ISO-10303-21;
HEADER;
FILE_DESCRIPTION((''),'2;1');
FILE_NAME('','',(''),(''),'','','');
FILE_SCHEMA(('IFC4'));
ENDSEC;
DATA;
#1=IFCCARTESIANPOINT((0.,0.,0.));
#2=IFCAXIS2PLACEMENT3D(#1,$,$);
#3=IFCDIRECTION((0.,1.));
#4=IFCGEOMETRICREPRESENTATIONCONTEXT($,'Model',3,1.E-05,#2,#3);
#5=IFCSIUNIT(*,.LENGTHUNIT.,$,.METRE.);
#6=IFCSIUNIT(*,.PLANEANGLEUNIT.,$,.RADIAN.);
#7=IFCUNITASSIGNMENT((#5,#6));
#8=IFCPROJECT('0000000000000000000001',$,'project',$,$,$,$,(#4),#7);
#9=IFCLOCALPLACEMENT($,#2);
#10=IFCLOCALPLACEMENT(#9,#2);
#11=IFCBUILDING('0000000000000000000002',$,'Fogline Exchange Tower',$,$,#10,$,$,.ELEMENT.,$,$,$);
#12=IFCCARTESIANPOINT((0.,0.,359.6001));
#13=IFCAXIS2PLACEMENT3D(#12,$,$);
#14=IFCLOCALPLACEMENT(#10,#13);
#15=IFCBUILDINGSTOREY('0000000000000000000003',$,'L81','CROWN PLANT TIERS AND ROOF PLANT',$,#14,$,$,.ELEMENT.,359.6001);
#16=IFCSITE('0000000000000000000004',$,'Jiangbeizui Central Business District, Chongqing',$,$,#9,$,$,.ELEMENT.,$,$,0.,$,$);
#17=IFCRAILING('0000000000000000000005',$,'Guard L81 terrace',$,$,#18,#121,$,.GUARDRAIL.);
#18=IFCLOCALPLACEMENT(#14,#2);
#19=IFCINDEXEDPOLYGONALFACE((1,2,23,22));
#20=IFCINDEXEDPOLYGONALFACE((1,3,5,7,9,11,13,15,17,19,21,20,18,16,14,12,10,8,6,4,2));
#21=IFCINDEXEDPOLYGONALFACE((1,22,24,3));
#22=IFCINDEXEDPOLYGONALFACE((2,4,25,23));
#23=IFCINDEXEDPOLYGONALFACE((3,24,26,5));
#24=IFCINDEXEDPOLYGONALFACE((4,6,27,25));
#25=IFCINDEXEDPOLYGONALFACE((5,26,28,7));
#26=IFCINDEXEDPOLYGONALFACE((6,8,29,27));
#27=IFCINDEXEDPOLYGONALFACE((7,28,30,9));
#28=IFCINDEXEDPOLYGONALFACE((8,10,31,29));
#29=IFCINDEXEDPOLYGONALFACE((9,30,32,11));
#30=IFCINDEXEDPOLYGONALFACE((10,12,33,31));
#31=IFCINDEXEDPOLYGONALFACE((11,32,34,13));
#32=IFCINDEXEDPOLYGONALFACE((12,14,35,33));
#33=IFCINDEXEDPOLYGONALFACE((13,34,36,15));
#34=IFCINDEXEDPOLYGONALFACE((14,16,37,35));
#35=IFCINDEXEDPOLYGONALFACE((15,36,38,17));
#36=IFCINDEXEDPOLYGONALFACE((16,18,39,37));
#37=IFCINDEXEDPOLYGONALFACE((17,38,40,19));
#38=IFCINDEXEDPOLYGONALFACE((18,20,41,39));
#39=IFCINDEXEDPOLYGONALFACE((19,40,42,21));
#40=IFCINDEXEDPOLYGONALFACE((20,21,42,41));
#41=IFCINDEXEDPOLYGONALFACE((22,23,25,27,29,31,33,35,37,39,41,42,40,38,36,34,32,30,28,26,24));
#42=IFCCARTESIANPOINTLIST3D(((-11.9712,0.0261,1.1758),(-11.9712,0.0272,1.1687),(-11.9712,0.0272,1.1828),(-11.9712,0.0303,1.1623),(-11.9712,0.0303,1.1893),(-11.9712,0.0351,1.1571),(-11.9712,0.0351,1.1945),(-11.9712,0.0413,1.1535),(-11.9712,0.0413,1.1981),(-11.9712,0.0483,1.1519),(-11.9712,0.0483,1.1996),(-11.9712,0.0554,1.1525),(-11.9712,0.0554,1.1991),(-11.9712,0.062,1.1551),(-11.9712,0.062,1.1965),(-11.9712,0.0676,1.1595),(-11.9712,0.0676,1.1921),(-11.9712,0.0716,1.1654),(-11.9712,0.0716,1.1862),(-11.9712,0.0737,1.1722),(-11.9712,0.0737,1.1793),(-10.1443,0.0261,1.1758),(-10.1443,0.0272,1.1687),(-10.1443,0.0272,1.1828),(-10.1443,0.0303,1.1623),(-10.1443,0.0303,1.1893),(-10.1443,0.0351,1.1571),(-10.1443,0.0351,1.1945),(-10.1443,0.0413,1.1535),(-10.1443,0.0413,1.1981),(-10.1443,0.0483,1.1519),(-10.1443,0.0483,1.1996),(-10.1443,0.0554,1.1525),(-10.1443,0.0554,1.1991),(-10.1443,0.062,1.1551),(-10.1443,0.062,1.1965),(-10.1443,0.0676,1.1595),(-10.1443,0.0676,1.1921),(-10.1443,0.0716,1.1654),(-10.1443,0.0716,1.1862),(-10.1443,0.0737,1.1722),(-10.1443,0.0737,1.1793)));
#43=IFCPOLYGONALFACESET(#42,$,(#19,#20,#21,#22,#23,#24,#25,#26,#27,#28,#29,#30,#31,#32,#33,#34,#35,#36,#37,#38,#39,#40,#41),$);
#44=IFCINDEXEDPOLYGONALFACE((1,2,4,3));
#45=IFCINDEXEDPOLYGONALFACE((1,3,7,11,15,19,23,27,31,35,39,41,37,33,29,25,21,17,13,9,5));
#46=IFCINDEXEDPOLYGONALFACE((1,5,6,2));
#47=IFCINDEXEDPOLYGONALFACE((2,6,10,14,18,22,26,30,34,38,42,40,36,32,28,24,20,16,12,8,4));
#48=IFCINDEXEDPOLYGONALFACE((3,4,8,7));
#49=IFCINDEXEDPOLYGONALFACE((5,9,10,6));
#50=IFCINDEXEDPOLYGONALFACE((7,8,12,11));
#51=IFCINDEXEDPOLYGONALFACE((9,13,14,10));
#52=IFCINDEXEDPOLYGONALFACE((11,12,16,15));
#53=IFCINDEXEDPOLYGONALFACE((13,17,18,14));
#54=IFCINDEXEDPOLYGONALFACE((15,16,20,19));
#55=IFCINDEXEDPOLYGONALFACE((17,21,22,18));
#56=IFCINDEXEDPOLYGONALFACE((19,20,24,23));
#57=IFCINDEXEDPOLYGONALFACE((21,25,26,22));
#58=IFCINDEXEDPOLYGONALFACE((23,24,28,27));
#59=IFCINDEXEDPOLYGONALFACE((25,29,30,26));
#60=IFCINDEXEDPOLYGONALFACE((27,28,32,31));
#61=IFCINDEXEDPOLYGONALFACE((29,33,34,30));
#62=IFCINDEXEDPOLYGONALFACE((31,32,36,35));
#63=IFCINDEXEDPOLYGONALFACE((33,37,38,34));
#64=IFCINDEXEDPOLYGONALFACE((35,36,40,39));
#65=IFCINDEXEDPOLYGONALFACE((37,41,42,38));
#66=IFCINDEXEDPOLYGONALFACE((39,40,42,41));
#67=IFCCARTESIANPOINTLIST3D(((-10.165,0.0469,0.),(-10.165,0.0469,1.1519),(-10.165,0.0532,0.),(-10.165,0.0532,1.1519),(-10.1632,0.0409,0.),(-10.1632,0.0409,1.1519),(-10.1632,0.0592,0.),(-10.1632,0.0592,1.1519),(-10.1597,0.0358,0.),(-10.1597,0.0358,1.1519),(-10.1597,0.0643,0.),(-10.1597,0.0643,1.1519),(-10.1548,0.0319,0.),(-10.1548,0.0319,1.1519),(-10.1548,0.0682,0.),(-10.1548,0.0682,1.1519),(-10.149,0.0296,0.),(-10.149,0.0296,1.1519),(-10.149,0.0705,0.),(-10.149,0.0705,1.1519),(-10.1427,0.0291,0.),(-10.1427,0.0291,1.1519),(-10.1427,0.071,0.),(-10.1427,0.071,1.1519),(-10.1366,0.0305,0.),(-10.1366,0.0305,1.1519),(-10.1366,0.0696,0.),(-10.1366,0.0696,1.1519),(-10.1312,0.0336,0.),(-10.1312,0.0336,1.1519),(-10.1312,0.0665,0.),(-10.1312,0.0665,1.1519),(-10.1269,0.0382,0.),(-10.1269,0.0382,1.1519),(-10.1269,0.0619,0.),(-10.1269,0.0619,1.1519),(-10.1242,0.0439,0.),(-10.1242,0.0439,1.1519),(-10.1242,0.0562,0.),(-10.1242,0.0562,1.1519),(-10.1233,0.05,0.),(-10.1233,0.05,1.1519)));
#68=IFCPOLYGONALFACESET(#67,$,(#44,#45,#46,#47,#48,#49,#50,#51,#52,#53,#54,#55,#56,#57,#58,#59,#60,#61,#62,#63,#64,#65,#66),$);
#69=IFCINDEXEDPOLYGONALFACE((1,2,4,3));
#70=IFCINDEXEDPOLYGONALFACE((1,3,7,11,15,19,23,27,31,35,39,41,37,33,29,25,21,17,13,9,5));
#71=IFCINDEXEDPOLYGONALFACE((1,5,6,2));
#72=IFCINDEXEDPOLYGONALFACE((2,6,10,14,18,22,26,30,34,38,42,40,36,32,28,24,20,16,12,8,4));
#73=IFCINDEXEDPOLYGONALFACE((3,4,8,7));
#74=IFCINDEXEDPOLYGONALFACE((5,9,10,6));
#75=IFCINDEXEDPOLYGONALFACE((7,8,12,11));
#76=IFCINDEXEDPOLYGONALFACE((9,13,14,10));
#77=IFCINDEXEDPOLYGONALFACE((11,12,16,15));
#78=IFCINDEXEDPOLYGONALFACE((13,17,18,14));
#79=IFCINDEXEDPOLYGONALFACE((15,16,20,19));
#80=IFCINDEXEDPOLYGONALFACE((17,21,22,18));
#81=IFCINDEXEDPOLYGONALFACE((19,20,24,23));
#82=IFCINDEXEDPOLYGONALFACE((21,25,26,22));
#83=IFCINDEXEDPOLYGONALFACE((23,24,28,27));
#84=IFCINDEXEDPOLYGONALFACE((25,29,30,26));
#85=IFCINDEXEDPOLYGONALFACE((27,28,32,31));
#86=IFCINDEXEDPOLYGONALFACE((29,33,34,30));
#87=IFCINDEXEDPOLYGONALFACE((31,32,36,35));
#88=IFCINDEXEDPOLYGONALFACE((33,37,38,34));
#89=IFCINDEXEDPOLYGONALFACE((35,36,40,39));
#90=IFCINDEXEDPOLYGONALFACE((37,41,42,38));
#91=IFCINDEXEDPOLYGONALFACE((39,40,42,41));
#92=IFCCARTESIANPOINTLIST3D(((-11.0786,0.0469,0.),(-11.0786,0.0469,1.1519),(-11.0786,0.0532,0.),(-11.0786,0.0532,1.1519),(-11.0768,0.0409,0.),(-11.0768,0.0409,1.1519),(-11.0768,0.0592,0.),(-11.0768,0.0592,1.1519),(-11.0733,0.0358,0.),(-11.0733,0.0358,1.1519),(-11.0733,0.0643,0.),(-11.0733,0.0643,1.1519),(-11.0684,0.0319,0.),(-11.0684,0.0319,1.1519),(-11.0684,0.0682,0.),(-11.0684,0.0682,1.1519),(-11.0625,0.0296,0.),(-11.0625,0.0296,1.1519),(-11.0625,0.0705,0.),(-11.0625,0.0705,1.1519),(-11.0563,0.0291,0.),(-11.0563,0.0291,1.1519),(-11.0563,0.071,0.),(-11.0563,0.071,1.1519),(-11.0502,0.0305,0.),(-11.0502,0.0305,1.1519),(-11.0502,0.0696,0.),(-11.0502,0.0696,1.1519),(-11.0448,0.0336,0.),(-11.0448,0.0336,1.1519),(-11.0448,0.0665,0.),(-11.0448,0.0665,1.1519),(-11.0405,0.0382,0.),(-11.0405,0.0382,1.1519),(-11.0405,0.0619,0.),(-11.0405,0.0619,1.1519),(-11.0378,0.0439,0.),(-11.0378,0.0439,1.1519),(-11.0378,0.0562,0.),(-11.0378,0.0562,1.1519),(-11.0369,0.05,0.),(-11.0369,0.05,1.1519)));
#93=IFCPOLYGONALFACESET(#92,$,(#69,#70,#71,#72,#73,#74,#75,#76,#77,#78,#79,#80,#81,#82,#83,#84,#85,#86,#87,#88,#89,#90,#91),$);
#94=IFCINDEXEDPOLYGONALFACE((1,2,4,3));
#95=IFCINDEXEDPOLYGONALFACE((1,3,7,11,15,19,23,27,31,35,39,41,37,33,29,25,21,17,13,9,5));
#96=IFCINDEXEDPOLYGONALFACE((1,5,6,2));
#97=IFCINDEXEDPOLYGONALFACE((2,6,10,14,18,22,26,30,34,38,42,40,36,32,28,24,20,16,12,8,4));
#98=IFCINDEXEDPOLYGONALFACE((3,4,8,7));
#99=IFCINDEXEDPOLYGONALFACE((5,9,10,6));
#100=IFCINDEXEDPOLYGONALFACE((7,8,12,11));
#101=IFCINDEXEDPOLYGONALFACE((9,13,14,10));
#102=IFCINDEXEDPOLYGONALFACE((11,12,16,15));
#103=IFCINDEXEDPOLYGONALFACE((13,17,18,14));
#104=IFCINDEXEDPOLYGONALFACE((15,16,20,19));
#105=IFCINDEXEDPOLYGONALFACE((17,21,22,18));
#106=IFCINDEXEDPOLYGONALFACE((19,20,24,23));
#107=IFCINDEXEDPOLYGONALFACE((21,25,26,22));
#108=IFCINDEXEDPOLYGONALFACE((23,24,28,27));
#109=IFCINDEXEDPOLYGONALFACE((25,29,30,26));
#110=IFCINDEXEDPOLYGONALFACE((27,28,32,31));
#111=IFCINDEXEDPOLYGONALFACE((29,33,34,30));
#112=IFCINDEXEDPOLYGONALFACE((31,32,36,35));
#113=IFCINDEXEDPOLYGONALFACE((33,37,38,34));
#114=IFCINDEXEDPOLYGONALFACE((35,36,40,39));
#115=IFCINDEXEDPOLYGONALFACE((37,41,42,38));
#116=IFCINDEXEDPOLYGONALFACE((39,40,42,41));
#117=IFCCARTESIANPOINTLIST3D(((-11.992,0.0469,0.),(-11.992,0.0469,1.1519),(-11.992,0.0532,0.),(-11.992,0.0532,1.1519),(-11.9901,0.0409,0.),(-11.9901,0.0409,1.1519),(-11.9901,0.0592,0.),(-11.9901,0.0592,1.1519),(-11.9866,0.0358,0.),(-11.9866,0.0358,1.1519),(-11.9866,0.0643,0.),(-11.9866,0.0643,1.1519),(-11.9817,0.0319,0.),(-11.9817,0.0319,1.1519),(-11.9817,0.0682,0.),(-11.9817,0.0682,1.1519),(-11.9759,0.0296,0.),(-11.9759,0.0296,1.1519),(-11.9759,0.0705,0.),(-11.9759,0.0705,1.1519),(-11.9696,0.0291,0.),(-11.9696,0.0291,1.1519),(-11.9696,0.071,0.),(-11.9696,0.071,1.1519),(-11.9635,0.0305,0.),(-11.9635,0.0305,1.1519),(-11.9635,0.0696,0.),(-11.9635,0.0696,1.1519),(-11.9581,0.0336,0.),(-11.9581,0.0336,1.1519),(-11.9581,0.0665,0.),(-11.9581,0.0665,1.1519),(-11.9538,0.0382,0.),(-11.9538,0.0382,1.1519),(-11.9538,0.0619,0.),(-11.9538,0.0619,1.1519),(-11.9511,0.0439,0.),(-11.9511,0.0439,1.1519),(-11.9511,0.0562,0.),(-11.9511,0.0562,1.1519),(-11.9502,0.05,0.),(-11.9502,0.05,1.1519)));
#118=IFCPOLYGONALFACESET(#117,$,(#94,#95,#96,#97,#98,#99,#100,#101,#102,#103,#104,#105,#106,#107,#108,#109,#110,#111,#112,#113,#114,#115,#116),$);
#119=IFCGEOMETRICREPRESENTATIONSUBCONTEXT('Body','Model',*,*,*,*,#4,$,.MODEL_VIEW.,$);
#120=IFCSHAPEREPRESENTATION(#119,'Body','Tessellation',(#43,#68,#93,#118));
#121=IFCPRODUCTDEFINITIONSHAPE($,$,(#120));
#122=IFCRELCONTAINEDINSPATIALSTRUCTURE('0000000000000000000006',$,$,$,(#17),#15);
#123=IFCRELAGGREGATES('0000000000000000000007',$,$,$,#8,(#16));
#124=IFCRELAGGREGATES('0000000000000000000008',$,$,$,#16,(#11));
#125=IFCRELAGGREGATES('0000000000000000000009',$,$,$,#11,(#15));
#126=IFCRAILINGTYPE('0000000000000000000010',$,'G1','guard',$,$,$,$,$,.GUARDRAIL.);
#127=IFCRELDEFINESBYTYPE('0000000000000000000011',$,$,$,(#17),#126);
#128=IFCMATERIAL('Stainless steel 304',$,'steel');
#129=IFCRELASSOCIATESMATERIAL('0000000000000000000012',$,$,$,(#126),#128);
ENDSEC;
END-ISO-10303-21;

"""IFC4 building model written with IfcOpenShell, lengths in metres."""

from ifc_helpers import new_model, si_unit, direction, frame, origin, origin_2d, place, context, subcontext, project, spatial, circle, extrude, material, type_object, element, save


model = new_model("IFC4")

# Units and contexts
model_context = context("Model", 3, precision=1e-05, world=origin(), true_north=direction((0.0, 1.0)))
body_context = subcontext(model_context, "Body", "Model", "MODEL_VIEW")
ifc_project = project(units=[si_unit("LENGTHUNIT", "METRE"), si_unit("PLANEANGLEUNIT", "RADIAN")], contexts=[model_context])

# Site, building, storey
site_placement = place(None, origin())
site = spatial("IfcSite", under=ifc_project, at=site_placement, Name="Jiangbeizui Central Business District, Chongqing", CompositionType="ELEMENT", RefElevation=0.0)
building_placement = place(site_placement, origin())
building = spatial("IfcBuilding", under=site, at=building_placement, Name="Fogline Exchange Tower", CompositionType="ELEMENT")
storey_placement = place(building_placement, frame((0.0, 0.0, 359.6001)))
storey = spatial("IfcBuildingStorey", under=building, at=storey_placement, Name="L81", Description="CROWN PLANT TIERS AND ROOF PLANT", CompositionType="ELEMENT", Elevation=359.6001)

# Railing
ifc_material_1 = material(Name="Stainless steel 304", Category="steel")
railing_type = type_object("IfcRailingType", Name="G1", Description="guard", PredefinedType="GUARDRAIL", material=ifc_material_1)
railing_1_placement = place(storey_placement, frame((-10.1443, 0.05, 0.0)))
element("IfcRailing", 1, at=railing_1_placement, inside=storey, type_object=railing_type, Name="Guard L81 terrace", PredefinedType="GUARDRAIL", context=body_context, shape_type="SweptSolid", body=[
    extrude(circle(Radius=0.0239, at=origin_2d()), frame((0.0, 0.0, 1.1758), z_axis=(-1.0, 0.0, 0.0), x_axis=(0.0, -1.0, 0.0)), (0.0, 0.0, 1.0), 1.8269),
    extrude(circle(Radius=0.021, at=origin_2d()), origin(), (0.0, 0.0, 1.0), 1.1519),
    extrude(circle(Radius=0.021, at=origin_2d()), frame((-0.9136, 0.0, 0.0)), (0.0, 0.0, 1.0), 1.1519),
    extrude(circle(Radius=0.021, at=origin_2d()), frame((-1.8269, 0.0, 0.0)), (0.0, 0.0, 1.0), 1.1519),
])

save(model, "model.ifc")
